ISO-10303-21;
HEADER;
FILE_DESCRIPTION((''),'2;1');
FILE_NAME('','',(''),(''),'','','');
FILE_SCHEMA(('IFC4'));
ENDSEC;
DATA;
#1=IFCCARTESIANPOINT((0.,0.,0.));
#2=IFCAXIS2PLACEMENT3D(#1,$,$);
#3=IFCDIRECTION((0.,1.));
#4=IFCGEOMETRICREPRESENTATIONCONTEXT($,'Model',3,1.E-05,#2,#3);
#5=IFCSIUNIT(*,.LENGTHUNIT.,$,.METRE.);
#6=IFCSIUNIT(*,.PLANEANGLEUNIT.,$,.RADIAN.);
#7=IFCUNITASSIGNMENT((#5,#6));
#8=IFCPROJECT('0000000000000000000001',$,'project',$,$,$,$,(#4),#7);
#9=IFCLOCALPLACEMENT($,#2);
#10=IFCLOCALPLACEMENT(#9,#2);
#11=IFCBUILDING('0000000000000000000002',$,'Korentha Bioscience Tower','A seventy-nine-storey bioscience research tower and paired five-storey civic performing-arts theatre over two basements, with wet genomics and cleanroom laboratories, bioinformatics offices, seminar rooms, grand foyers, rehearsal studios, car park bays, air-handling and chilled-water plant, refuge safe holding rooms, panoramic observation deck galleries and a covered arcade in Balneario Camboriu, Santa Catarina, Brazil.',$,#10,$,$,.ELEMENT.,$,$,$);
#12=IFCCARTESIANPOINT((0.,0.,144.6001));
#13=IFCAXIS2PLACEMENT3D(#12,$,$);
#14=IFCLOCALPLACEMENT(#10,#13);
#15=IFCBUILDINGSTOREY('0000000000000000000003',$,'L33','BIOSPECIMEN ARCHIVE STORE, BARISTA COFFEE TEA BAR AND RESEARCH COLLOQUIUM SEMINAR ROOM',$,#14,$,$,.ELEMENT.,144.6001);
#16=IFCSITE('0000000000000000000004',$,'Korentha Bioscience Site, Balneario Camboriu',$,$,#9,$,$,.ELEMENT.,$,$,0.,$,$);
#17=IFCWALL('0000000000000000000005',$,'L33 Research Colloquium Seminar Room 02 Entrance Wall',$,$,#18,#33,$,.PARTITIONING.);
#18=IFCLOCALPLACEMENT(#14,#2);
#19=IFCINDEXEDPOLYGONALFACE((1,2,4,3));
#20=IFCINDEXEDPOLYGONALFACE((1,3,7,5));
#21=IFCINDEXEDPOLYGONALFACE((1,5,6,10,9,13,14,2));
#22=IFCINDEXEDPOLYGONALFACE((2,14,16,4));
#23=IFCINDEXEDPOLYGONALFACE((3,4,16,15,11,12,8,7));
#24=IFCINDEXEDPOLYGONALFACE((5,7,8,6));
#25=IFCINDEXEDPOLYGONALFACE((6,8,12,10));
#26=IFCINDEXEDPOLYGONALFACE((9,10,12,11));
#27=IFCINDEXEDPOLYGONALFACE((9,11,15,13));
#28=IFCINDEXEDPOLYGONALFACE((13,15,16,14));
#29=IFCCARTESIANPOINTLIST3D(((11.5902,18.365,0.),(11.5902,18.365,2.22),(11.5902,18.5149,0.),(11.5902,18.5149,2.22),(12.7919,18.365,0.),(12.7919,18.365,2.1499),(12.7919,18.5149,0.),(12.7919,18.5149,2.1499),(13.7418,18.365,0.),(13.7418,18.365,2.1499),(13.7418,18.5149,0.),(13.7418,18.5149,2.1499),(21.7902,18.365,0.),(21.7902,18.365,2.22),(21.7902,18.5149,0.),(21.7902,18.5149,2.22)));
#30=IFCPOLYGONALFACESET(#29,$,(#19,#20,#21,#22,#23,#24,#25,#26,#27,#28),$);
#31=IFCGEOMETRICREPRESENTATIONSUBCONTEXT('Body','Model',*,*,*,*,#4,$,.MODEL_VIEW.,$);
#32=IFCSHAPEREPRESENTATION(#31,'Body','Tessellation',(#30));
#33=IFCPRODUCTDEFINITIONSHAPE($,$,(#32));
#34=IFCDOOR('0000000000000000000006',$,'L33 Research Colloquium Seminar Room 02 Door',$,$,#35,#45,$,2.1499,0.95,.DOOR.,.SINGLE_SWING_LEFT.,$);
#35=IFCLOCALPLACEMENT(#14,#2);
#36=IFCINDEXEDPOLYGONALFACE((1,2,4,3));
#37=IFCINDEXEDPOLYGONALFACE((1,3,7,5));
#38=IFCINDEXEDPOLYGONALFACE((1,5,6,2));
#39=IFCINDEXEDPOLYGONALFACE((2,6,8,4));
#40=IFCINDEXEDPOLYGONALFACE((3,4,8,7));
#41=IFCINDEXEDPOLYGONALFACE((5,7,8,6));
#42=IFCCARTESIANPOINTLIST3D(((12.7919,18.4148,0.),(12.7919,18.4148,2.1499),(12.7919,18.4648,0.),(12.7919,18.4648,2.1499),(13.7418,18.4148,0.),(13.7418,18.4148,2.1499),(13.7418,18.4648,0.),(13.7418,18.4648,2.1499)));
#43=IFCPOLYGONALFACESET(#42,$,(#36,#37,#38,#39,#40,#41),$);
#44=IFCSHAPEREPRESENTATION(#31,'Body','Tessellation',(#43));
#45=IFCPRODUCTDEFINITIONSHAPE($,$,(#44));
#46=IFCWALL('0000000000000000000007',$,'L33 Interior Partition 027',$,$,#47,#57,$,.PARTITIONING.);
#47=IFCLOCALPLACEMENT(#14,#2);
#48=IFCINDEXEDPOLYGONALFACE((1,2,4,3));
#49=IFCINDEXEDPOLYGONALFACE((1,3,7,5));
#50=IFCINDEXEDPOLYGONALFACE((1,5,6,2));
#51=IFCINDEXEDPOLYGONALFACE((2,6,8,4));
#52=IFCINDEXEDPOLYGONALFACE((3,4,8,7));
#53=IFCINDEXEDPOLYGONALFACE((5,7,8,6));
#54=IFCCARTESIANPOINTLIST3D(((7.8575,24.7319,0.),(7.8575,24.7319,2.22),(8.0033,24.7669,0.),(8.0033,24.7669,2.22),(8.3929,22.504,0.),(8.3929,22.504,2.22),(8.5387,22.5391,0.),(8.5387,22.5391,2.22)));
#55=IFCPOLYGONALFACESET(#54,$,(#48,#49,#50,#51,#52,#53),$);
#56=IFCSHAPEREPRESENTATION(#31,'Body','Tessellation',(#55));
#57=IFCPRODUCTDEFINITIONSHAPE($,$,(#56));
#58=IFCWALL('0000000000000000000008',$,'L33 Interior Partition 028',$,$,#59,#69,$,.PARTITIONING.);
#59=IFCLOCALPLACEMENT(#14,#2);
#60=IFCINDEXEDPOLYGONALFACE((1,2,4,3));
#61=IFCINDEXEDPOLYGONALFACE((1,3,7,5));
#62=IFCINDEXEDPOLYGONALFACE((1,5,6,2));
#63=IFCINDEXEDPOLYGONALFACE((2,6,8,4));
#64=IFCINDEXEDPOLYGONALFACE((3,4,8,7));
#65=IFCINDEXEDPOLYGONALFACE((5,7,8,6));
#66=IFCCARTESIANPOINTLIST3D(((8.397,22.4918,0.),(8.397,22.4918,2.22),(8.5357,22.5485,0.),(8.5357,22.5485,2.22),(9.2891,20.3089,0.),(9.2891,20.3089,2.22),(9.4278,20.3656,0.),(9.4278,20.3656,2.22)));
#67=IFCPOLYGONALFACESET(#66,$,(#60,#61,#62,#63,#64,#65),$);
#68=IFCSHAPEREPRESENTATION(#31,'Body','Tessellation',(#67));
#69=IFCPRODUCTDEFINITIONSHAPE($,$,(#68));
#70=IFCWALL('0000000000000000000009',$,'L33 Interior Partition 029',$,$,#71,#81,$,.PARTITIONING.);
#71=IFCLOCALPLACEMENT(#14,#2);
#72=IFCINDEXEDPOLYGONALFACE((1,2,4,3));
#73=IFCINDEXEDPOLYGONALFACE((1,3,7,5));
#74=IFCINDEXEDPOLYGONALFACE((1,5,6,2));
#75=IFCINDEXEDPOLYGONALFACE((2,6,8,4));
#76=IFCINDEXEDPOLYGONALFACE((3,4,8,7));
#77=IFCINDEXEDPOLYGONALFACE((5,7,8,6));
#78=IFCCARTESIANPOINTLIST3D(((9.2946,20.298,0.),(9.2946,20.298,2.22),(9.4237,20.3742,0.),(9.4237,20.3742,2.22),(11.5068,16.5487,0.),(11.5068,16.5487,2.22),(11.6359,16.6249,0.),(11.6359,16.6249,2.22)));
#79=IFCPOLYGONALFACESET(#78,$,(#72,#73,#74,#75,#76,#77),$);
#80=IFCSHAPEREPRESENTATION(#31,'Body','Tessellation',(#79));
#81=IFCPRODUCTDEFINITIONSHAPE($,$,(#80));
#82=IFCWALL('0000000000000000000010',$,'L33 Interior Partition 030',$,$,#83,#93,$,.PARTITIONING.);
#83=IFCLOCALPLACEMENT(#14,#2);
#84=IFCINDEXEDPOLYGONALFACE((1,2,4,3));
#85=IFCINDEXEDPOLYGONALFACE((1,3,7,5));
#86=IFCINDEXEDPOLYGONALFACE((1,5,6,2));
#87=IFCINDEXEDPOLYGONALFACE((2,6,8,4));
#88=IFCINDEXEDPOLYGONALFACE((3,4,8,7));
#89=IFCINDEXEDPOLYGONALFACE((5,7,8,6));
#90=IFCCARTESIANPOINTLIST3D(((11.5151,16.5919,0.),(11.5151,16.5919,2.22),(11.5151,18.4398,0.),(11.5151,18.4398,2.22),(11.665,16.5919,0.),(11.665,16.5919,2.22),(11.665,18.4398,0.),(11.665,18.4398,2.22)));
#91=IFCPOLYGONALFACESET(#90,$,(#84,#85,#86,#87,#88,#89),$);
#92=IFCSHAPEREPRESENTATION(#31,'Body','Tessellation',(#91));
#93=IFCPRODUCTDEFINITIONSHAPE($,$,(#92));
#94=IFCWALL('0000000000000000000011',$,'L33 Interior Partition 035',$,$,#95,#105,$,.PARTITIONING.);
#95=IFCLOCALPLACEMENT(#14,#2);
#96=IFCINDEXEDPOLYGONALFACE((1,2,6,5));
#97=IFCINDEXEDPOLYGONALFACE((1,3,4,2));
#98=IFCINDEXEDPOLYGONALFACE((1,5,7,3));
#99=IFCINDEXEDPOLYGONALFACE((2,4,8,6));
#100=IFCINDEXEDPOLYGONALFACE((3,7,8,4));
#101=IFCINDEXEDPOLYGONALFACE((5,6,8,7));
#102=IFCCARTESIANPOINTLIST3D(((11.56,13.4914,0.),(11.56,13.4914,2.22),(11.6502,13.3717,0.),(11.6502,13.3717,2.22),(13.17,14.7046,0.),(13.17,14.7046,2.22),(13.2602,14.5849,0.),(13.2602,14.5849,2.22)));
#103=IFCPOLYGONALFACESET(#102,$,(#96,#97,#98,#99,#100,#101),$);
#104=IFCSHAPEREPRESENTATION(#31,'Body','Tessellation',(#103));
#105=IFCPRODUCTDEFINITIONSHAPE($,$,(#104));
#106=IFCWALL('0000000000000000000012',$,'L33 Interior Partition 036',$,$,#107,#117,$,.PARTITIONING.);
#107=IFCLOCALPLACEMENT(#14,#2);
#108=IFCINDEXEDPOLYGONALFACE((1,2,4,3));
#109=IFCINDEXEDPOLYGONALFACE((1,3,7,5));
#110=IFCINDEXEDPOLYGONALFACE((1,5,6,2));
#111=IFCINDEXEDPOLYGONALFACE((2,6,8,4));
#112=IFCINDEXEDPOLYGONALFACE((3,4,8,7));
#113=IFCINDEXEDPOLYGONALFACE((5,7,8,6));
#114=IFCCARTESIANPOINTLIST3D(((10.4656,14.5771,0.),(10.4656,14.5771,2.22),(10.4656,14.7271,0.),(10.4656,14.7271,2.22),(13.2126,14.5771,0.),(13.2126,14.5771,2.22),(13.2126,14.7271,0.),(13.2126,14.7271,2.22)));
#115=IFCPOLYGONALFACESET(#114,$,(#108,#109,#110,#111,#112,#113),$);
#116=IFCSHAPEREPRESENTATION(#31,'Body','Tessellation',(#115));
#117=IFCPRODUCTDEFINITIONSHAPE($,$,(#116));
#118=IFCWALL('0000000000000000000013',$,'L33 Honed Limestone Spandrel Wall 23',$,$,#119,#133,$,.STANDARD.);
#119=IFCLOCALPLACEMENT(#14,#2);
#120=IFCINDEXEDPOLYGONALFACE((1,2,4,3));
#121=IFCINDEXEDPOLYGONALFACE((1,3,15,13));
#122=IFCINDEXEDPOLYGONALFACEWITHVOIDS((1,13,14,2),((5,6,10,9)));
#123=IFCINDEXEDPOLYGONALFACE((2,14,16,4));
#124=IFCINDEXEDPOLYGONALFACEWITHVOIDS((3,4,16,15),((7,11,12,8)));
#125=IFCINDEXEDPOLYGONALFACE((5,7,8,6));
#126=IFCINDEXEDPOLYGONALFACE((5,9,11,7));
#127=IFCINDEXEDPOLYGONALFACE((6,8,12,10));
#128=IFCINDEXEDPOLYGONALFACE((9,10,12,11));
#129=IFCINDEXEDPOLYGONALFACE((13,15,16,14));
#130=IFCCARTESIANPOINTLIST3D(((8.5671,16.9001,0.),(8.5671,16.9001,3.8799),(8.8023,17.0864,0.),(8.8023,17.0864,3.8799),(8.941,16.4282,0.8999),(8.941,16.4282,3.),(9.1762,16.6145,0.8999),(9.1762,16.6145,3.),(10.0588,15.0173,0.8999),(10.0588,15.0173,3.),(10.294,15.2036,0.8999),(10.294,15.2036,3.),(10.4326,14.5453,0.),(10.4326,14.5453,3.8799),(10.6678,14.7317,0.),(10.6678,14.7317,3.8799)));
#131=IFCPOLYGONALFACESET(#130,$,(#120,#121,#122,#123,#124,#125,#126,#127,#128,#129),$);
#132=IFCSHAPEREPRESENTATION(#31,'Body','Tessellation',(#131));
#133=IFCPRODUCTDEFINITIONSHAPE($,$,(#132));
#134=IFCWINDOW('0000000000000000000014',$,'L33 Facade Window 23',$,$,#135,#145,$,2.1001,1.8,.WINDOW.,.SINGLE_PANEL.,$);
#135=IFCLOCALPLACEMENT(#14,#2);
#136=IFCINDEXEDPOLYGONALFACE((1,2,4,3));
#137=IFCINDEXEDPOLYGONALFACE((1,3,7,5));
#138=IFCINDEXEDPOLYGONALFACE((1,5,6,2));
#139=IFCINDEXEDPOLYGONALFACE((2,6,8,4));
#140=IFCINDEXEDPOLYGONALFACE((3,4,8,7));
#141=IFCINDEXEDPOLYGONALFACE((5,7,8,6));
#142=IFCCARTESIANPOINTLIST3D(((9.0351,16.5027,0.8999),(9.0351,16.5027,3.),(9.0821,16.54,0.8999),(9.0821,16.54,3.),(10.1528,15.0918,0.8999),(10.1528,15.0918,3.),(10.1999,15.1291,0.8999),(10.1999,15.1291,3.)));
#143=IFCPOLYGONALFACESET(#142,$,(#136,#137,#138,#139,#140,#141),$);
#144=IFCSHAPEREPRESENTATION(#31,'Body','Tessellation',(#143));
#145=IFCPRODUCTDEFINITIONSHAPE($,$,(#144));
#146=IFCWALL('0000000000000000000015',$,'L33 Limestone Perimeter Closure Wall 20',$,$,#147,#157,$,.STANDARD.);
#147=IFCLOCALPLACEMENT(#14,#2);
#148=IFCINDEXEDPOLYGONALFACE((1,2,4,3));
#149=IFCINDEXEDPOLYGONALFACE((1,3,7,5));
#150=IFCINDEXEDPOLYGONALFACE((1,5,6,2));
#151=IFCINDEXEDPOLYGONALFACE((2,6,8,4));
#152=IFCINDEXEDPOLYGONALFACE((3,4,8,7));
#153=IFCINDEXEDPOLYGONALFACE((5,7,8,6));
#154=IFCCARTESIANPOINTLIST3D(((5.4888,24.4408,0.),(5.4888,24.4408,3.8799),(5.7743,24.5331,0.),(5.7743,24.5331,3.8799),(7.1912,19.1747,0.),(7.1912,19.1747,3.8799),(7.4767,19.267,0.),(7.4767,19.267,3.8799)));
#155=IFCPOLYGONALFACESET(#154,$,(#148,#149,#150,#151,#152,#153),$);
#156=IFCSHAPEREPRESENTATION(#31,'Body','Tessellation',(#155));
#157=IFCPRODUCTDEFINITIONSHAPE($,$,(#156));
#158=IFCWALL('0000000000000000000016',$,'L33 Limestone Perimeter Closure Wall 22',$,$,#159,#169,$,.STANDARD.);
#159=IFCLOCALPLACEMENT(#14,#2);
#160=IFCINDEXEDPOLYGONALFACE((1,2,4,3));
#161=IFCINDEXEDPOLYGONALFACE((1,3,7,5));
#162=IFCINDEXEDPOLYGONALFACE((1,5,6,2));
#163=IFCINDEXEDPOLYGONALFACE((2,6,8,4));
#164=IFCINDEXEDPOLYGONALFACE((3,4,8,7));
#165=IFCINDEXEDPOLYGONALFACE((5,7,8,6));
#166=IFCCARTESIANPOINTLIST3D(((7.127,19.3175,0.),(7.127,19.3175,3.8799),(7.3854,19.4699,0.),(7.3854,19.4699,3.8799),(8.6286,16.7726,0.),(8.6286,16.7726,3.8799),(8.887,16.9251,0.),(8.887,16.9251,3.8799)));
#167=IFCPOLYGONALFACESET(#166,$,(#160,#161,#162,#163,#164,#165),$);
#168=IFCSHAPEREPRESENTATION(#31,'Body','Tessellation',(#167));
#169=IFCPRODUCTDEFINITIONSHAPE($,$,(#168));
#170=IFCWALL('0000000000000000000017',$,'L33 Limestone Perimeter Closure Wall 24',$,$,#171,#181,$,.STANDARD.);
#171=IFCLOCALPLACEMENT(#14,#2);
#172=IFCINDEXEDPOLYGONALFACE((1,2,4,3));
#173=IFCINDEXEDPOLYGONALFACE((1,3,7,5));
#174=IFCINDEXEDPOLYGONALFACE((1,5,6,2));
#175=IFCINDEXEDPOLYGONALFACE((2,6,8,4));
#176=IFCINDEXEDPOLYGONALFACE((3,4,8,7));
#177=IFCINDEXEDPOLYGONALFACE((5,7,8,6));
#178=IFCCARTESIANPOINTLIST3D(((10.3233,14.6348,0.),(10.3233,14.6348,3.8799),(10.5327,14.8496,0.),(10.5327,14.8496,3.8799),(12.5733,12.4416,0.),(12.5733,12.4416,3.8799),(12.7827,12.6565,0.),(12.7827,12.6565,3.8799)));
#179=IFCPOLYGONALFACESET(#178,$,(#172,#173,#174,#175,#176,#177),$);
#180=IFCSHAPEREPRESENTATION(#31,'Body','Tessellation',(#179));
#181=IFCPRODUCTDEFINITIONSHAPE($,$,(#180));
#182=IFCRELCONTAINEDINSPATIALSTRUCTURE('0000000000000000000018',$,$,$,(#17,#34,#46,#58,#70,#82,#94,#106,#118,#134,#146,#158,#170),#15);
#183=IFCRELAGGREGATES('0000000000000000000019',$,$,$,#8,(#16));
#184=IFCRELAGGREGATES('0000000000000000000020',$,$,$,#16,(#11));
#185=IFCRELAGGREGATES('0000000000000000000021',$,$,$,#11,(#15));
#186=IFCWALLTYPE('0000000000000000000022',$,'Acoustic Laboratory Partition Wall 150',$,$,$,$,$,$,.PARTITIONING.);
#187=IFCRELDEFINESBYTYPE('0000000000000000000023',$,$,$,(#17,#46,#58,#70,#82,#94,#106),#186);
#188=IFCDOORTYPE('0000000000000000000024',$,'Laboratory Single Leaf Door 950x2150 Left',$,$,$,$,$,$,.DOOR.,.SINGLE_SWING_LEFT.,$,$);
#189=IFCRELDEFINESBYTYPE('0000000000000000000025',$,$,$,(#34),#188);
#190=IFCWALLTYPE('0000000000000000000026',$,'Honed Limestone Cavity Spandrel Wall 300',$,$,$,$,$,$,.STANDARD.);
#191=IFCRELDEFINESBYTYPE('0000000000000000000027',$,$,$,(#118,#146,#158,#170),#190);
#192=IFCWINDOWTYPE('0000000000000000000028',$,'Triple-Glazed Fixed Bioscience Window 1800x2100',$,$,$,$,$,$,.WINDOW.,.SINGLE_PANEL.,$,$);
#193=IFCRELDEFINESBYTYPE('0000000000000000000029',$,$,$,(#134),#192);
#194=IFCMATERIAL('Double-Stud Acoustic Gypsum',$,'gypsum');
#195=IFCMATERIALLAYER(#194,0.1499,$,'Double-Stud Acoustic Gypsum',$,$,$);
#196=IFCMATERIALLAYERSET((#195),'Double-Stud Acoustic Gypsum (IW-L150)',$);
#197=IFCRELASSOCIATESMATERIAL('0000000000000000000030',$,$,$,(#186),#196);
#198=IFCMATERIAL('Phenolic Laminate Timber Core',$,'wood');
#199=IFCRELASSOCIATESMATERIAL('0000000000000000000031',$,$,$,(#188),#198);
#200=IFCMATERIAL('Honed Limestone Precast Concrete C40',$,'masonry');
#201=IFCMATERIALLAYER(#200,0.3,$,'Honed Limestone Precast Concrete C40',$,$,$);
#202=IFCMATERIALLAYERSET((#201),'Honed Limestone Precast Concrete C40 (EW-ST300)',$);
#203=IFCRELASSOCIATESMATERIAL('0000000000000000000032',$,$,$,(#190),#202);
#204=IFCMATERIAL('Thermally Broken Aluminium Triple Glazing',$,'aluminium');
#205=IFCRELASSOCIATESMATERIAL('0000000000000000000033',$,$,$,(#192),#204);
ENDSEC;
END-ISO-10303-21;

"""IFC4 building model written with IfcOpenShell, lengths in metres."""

from ifc_helpers import new_model, si_unit, direction, frame, frame_2d, origin, place, context, subcontext, project, spatial, rectangle, extrude, material, layer, layer_set, type_object, element, fill, save


model = new_model("IFC4")

# Units and contexts
model_context = context("Model", 3, precision=1e-05, world=origin(), true_north=direction((0.0, 1.0)))
body_context = subcontext(model_context, "Body", "Model", "MODEL_VIEW")
ifc_project = project(units=[si_unit("LENGTHUNIT", "METRE"), si_unit("PLANEANGLEUNIT", "RADIAN")], contexts=[model_context])

# Site, building, storey
site_placement = place(None, origin())
site = spatial("IfcSite", under=ifc_project, at=site_placement, Name="Korentha Bioscience Site, Balneario Camboriu", CompositionType="ELEMENT", RefElevation=0.0)
building_placement = place(site_placement, origin())
building = spatial("IfcBuilding", under=site, at=building_placement, Name="Korentha Bioscience Tower", Description="A seventy-nine-storey bioscience research tower and paired five-storey civic performing-arts theatre over two basements, with wet genomics and cleanroom laboratories, bioinformatics offices, seminar rooms, grand foyers, rehearsal studios, car park bays, air-handling and chilled-water plant, refuge safe holding rooms, panoramic observation deck galleries and a covered arcade in Balneario Camboriu, Santa Catarina, Brazil.", CompositionType="ELEMENT")
storey_placement = place(building_placement, frame((0.0, 0.0, 144.6001)))
storey = spatial("IfcBuildingStorey", under=building, at=storey_placement, Name="L33", Description="BIOSPECIMEN ARCHIVE STORE, BARISTA COFFEE TEA BAR AND RESEARCH COLLOQUIUM SEMINAR ROOM", CompositionType="ELEMENT", Elevation=144.6001)

# Wall, opening, door
ifc_material_1 = material(Name="Double-Stud Acoustic Gypsum", Category="gypsum")
ifc_layer_1 = layer(ifc_material_1, 0.1499, Name="Double-Stud Acoustic Gypsum")
ifc_layer_set_1 = layer_set([ifc_layer_1], Name="Double-Stud Acoustic Gypsum (IW-L150)")
wall_type_1 = type_object("IfcWallType", Name="Acoustic Laboratory Partition Wall 150", PredefinedType="PARTITIONING", material=ifc_layer_set_1)
wall_1_placement = place(storey_placement, frame((11.5901, 18.4399, 0.0), z_axis=(0.0, 0.0, 1.0), x_axis=(1.0, 0.0, 0.0)))
wall_1 = element("IfcWall", 1, at=wall_1_placement, inside=storey, type_object=wall_type_1, Name="L33 Research Colloquium Seminar Room 02 Entrance Wall", PredefinedType="PARTITIONING", context=body_context, shape_type="SweptSolid", body=[
    extrude(rectangle(XDim=10.2, YDim=0.1499, at=frame_2d((5.1001, 0.0))), origin(), (0.0, 0.0, 1.0), 2.22),
])
opening_1_placement = place(wall_1_placement, frame((1.2017, 0.0, 0.0)))
opening_1 = element("IfcOpeningElement", 2, at=opening_1_placement, cuts=wall_1, PredefinedType="OPENING", context=body_context, shape_type="SweptSolid", body=[
    extrude(rectangle(XDim=0.95, YDim=2.1499, at=frame_2d((0.4751, 1.075))), frame((0.0, 0.0898, 0.0), z_axis=(0.0, -1.0, 0.0), x_axis=(1.0, 0.0, 0.0)), (0.0, 0.0, 1.0), 0.1797),
])
ifc_material_2 = material(Name="Phenolic Laminate Timber Core", Category="wood")
door_type_1 = type_object("IfcDoorType", Name="Laboratory Single Leaf Door 950x2150 Left", OperationType="SINGLE_SWING_LEFT", PredefinedType="DOOR", material=ifc_material_2)
door_1_placement = place(opening_1_placement, origin())
door_1 = element("IfcDoor", 3, at=door_1_placement, inside=storey, type_object=door_type_1, Name="L33 Research Colloquium Seminar Room 02 Door", OperationType="SINGLE_SWING_LEFT", OverallHeight=2.1499, OverallWidth=0.95, PredefinedType="DOOR", context=body_context, shape_type="SweptSolid", body=[
    extrude(rectangle(XDim=0.95, YDim=2.1499, at=frame_2d((0.4751, 1.075))), frame((0.0, 0.0249, 0.0), z_axis=(0.0, -1.0, 0.0), x_axis=(1.0, 0.0, 0.0)), (0.0, 0.0, 1.0), 0.05),
])
fill(opening_1, door_1)

# Walls
wall_2_placement = place(storey_placement, frame((7.9304, 24.7493, 0.0), z_axis=(0.0, 0.0, 1.0), x_axis=(0.233675, -0.972315, 0.0)))
element("IfcWall", 4, at=wall_2_placement, inside=storey, type_object=wall_type_1, Name="L33 Interior Partition 027", PredefinedType="PARTITIONING", context=body_context, shape_type="SweptSolid", body=[
    extrude(rectangle(XDim=2.2913, YDim=0.1499, at=frame_2d((1.1455, 0.0))), origin(), (0.0, 0.0, 1.0), 2.22),
])
wall_3_placement = place(storey_placement, frame((8.4663, 22.5203, 0.0), z_axis=(0.0, 0.0, 1.0), x_axis=(0.378306, -0.92568, 0.0)))
element("IfcWall", 5, at=wall_3_placement, inside=storey, type_object=wall_type_1, Name="L33 Interior Partition 028", PredefinedType="PARTITIONING", context=body_context, shape_type="SweptSolid", body=[
    extrude(rectangle(XDim=2.3582, YDim=0.1499, at=frame_2d((1.1792, 0.0))), origin(), (0.0, 0.0, 1.0), 2.22),
])
wall_4_placement = place(storey_placement, frame((9.3591, 20.3362, 0.0), z_axis=(0.0, 0.0, 1.0), x_axis=(0.508164, -0.86126, 0.0)))
element("IfcWall", 6, at=wall_4_placement, inside=storey, type_object=wall_type_1, Name="L33 Interior Partition 029", PredefinedType="PARTITIONING", context=body_context, shape_type="SweptSolid", body=[
    extrude(rectangle(XDim=4.3533, YDim=0.1499, at=frame_2d((2.1768, 0.0))), origin(), (0.0, 0.0, 1.0), 2.22),
])
wall_5_placement = place(storey_placement, frame((11.5901, 16.592, 0.0), z_axis=(0.0, 0.0, 1.0), x_axis=(0.0, 1.0, 0.0)))
element("IfcWall", 7, at=wall_5_placement, inside=storey, type_object=wall_type_1, Name="L33 Interior Partition 030", PredefinedType="PARTITIONING", context=body_context, shape_type="SweptSolid", body=[
    extrude(rectangle(XDim=1.8479, YDim=0.1499, at=frame_2d((0.9238, 0.0))), origin(), (0.0, 0.0, 1.0), 2.22),
])
wall_6_placement = place(storey_placement, frame((11.6052, 13.4316, 0.0), z_axis=(0.0, 0.0, 1.0), x_axis=(0.798632, 0.60182, 0.0)))
element("IfcWall", 8, at=wall_6_placement, inside=storey, type_object=wall_type_1, Name="L33 Interior Partition 035", PredefinedType="PARTITIONING", context=body_context, shape_type="SweptSolid", body=[
    extrude(rectangle(XDim=2.0159, YDim=0.1499, at=frame_2d((1.0078, 0.0))), origin(), (0.0, 0.0, 1.0), 2.22),
])
wall_7_placement = place(storey_placement, frame((13.2126, 14.6521, 0.0), z_axis=(0.0, 0.0, 1.0), x_axis=(-1.0, 0.0, 0.0)))
element("IfcWall", 9, at=wall_7_placement, inside=storey, type_object=wall_type_1, Name="L33 Interior Partition 036", PredefinedType="PARTITIONING", context=body_context, shape_type="SweptSolid", body=[
    extrude(rectangle(XDim=2.7471, YDim=0.1499, at=frame_2d((1.3735, 0.0))), origin(), (0.0, 0.0, 1.0), 2.22),
])

# Wall, opening, window
ifc_material_3 = material(Name="Honed Limestone Precast Concrete C40", Category="masonry")
ifc_layer_2 = layer(ifc_material_3, 0.3, Name="Honed Limestone Precast Concrete C40")
ifc_layer_set_2 = layer_set([ifc_layer_2], Name="Honed Limestone Precast Concrete C40 (EW-ST300)")
wall_type_2 = type_object("IfcWallType", Name="Honed Limestone Cavity Spandrel Wall 300", PredefinedType="STANDARD", material=ifc_layer_set_2)
wall_8_placement = place(storey_placement, frame((8.6848, 16.9932, 0.0), z_axis=(0.0, 0.0, 1.0), x_axis=(0.620971, -0.783833, 0.0)))
wall_8 = element("IfcWall", 10, at=wall_8_placement, inside=storey, type_object=wall_type_2, Name="L33 Honed Limestone Spandrel Wall 23", PredefinedType="STANDARD", context=body_context, shape_type="SweptSolid", body=[
    extrude(rectangle(XDim=3.0042, YDim=0.3, at=frame_2d((1.502, 0.0))), origin(), (0.0, 0.0, 1.0), 3.8799),
])
opening_2_placement = place(wall_8_placement, frame((0.6021, 0.0, 0.8999)))
opening_2 = element("IfcOpeningElement", 11, at=opening_2_placement, cuts=wall_8, PredefinedType="OPENING", context=body_context, shape_type="SweptSolid", body=[
    extrude(rectangle(XDim=1.8, YDim=2.1001, at=frame_2d((0.8999, 1.05))), frame((0.0, 0.165, 0.0), z_axis=(0.0, -1.0, 0.0), x_axis=(1.0, 0.0, 0.0)), (0.0, 0.0, 1.0), 0.3298),
])
ifc_material_4 = material(Name="Thermally Broken Aluminium Triple Glazing", Category="aluminium")
window_type = type_object("IfcWindowType", Name="Triple-Glazed Fixed Bioscience Window 1800x2100", PartitioningType="SINGLE_PANEL", PredefinedType="WINDOW", material=ifc_material_4)
window_placement = place(opening_2_placement, origin())
window = element("IfcWindow", 12, at=window_placement, inside=storey, type_object=window_type, Name="L33 Facade Window 23", OverallHeight=2.1001, OverallWidth=1.8, PartitioningType="SINGLE_PANEL", PredefinedType="WINDOW", context=body_context, shape_type="SweptSolid", body=[
    extrude(rectangle(XDim=1.8, YDim=2.1001, at=frame_2d((0.8999, 1.05))), frame((0.0, 0.03, 0.0), z_axis=(0.0, -1.0, 0.0), x_axis=(1.0, 0.0, 0.0)), (0.0, 0.0, 1.0), 0.0601),
])
fill(opening_2, window)

# Walls
wall_9_placement = place(storey_placement, frame((5.6316, 24.4868, 0.0), z_axis=(0.0, 0.0, 1.0), x_axis=(0.307599, -0.951516, 0.0)))
element("IfcWall", 13, at=wall_9_placement, inside=storey, type_object=wall_type_2, Name="L33 Limestone Perimeter Closure Wall 20", PredefinedType="STANDARD", context=body_context, shape_type="SweptSolid", body=[
    extrude(rectangle(XDim=5.5344, YDim=0.3, at=frame_2d((2.7671, 0.0))), origin(), (0.0, 0.0, 1.0), 3.8799),
])
wall_10_placement = place(storey_placement, frame((7.2561, 19.3938, 0.0), z_axis=(0.0, 0.0, 1.0), x_axis=(0.5082, -0.861239, 0.0)))
element("IfcWall", 14, at=wall_10_placement, inside=storey, type_object=wall_type_2, Name="L33 Limestone Perimeter Closure Wall 22", PredefinedType="STANDARD", context=body_context, shape_type="SweptSolid", body=[
    extrude(rectangle(XDim=2.9548, YDim=0.3, at=frame_2d((1.4775, 0.0))), origin(), (0.0, 0.0, 1.0), 3.8799),
])
wall_11_placement = place(storey_placement, frame((10.428, 14.7422, 0.0), z_axis=(0.0, 0.0, 1.0), x_axis=(0.716101, -0.697997, 0.0)))
element("IfcWall", 15, at=wall_11_placement, inside=storey, type_object=wall_type_2, Name="L33 Limestone Perimeter Closure Wall 24", PredefinedType="STANDARD", context=body_context, shape_type="SweptSolid", body=[
    extrude(rectangle(XDim=3.1421, YDim=0.3, at=frame_2d((1.571, 0.0))), origin(), (0.0, 0.0, 1.0), 3.8799),
])

save(model, "model.ifc")
